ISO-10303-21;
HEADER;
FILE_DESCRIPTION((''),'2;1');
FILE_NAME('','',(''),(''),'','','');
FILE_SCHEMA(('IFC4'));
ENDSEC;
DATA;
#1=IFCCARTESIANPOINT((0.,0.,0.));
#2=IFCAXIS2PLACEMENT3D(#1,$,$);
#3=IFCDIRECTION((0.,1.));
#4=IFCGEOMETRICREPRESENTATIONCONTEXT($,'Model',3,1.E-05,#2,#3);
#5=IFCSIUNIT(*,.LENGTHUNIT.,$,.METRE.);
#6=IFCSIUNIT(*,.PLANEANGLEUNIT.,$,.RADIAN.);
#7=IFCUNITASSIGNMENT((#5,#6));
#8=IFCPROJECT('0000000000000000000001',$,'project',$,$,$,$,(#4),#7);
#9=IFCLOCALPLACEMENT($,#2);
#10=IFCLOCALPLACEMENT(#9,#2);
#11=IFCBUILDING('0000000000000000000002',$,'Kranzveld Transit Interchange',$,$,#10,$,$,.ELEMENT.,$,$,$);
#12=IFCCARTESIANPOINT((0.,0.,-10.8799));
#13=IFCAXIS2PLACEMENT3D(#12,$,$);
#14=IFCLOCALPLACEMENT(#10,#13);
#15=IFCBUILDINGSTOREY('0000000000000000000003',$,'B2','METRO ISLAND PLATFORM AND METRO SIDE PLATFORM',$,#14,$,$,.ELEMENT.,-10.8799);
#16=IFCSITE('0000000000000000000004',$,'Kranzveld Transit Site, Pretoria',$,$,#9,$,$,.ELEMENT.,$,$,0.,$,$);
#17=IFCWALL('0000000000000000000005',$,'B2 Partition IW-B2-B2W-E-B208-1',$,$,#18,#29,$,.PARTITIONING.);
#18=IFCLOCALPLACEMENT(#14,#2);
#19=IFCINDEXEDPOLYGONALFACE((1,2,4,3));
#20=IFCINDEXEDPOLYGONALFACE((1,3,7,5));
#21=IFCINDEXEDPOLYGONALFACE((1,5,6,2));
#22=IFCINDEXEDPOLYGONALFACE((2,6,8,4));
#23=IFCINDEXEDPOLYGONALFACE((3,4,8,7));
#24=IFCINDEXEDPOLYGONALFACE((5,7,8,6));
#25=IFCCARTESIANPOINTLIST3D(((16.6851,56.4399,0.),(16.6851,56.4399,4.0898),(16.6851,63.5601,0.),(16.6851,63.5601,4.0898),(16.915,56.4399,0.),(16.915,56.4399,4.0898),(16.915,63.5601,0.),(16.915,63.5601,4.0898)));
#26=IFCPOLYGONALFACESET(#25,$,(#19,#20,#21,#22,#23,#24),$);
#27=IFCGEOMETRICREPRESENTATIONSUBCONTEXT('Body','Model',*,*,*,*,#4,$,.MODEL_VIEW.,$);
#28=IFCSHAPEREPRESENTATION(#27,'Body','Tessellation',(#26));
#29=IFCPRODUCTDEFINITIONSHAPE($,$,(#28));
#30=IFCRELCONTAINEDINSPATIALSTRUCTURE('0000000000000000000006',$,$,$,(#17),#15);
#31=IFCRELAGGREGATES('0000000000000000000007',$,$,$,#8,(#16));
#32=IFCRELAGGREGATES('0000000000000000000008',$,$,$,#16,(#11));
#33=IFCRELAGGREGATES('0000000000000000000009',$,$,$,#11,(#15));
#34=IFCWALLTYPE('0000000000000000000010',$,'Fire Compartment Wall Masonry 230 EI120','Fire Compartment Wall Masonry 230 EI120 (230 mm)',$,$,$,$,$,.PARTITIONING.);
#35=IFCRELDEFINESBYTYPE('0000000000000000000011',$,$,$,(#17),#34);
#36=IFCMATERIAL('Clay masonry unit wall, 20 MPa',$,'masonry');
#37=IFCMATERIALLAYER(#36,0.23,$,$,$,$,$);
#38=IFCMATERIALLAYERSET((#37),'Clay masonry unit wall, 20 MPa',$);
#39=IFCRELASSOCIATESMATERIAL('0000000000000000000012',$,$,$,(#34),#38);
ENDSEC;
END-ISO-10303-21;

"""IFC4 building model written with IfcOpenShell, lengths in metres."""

from ifc_helpers import new_model, si_unit, direction, frame, frame_2d, origin, place, context, subcontext, project, spatial, rectangle, extrude, material, layer, layer_set, type_object, element, save


model = new_model("IFC4")

# Units and contexts
model_context = context("Model", 3, precision=1e-05, world=origin(), true_north=direction((0.0, 1.0)))
body_context = subcontext(model_context, "Body", "Model", "MODEL_VIEW")
ifc_project = project(units=[si_unit("LENGTHUNIT", "METRE"), si_unit("PLANEANGLEUNIT", "RADIAN")], contexts=[model_context])

# Site, building, storey
site_placement = place(None, origin())
site = spatial("IfcSite", under=ifc_project, at=site_placement, Name="Kranzveld Transit Site, Pretoria", CompositionType="ELEMENT", RefElevation=0.0)
building_placement = place(site_placement, origin())
building = spatial("IfcBuilding", under=site, at=building_placement, Name="Kranzveld Transit Interchange", CompositionType="ELEMENT")
storey_placement = place(building_placement, frame((0.0, 0.0, -10.8799)))
storey = spatial("IfcBuildingStorey", under=building, at=storey_placement, Name="B2", Description="METRO ISLAND PLATFORM AND METRO SIDE PLATFORM", CompositionType="ELEMENT", Elevation=-10.8799)

# Wall
ifc_material_1 = material(Name="Clay masonry unit wall, 20 MPa", Category="masonry")
ifc_layer = layer(ifc_material_1, 0.23)
ifc_layer_set = layer_set([ifc_layer], Name="Clay masonry unit wall, 20 MPa")
wall_type = type_object("IfcWallType", Name="Fire Compartment Wall Masonry 230 EI120", Description="Fire Compartment Wall Masonry 230 EI120 (230 mm)", PredefinedType="PARTITIONING", material=ifc_layer_set)
wall_placement = place(storey_placement, frame((16.8, 56.4399, 0.0), z_axis=(0.0, 0.0, 1.0), x_axis=(0.0, 1.0, 0.0)))
element("IfcWall", 1, at=wall_placement, inside=storey, type_object=wall_type, Name="B2 Partition IW-B2-B2W-E-B208-1", PredefinedType="PARTITIONING", context=body_context, shape_type="SweptSolid", body=[
    extrude(rectangle(XDim=7.1201, YDim=0.23, at=frame_2d((3.5601, 0.0))), origin(), (0.0, 0.0, 1.0), 4.0898),
])

save(model, "model.ifc")
